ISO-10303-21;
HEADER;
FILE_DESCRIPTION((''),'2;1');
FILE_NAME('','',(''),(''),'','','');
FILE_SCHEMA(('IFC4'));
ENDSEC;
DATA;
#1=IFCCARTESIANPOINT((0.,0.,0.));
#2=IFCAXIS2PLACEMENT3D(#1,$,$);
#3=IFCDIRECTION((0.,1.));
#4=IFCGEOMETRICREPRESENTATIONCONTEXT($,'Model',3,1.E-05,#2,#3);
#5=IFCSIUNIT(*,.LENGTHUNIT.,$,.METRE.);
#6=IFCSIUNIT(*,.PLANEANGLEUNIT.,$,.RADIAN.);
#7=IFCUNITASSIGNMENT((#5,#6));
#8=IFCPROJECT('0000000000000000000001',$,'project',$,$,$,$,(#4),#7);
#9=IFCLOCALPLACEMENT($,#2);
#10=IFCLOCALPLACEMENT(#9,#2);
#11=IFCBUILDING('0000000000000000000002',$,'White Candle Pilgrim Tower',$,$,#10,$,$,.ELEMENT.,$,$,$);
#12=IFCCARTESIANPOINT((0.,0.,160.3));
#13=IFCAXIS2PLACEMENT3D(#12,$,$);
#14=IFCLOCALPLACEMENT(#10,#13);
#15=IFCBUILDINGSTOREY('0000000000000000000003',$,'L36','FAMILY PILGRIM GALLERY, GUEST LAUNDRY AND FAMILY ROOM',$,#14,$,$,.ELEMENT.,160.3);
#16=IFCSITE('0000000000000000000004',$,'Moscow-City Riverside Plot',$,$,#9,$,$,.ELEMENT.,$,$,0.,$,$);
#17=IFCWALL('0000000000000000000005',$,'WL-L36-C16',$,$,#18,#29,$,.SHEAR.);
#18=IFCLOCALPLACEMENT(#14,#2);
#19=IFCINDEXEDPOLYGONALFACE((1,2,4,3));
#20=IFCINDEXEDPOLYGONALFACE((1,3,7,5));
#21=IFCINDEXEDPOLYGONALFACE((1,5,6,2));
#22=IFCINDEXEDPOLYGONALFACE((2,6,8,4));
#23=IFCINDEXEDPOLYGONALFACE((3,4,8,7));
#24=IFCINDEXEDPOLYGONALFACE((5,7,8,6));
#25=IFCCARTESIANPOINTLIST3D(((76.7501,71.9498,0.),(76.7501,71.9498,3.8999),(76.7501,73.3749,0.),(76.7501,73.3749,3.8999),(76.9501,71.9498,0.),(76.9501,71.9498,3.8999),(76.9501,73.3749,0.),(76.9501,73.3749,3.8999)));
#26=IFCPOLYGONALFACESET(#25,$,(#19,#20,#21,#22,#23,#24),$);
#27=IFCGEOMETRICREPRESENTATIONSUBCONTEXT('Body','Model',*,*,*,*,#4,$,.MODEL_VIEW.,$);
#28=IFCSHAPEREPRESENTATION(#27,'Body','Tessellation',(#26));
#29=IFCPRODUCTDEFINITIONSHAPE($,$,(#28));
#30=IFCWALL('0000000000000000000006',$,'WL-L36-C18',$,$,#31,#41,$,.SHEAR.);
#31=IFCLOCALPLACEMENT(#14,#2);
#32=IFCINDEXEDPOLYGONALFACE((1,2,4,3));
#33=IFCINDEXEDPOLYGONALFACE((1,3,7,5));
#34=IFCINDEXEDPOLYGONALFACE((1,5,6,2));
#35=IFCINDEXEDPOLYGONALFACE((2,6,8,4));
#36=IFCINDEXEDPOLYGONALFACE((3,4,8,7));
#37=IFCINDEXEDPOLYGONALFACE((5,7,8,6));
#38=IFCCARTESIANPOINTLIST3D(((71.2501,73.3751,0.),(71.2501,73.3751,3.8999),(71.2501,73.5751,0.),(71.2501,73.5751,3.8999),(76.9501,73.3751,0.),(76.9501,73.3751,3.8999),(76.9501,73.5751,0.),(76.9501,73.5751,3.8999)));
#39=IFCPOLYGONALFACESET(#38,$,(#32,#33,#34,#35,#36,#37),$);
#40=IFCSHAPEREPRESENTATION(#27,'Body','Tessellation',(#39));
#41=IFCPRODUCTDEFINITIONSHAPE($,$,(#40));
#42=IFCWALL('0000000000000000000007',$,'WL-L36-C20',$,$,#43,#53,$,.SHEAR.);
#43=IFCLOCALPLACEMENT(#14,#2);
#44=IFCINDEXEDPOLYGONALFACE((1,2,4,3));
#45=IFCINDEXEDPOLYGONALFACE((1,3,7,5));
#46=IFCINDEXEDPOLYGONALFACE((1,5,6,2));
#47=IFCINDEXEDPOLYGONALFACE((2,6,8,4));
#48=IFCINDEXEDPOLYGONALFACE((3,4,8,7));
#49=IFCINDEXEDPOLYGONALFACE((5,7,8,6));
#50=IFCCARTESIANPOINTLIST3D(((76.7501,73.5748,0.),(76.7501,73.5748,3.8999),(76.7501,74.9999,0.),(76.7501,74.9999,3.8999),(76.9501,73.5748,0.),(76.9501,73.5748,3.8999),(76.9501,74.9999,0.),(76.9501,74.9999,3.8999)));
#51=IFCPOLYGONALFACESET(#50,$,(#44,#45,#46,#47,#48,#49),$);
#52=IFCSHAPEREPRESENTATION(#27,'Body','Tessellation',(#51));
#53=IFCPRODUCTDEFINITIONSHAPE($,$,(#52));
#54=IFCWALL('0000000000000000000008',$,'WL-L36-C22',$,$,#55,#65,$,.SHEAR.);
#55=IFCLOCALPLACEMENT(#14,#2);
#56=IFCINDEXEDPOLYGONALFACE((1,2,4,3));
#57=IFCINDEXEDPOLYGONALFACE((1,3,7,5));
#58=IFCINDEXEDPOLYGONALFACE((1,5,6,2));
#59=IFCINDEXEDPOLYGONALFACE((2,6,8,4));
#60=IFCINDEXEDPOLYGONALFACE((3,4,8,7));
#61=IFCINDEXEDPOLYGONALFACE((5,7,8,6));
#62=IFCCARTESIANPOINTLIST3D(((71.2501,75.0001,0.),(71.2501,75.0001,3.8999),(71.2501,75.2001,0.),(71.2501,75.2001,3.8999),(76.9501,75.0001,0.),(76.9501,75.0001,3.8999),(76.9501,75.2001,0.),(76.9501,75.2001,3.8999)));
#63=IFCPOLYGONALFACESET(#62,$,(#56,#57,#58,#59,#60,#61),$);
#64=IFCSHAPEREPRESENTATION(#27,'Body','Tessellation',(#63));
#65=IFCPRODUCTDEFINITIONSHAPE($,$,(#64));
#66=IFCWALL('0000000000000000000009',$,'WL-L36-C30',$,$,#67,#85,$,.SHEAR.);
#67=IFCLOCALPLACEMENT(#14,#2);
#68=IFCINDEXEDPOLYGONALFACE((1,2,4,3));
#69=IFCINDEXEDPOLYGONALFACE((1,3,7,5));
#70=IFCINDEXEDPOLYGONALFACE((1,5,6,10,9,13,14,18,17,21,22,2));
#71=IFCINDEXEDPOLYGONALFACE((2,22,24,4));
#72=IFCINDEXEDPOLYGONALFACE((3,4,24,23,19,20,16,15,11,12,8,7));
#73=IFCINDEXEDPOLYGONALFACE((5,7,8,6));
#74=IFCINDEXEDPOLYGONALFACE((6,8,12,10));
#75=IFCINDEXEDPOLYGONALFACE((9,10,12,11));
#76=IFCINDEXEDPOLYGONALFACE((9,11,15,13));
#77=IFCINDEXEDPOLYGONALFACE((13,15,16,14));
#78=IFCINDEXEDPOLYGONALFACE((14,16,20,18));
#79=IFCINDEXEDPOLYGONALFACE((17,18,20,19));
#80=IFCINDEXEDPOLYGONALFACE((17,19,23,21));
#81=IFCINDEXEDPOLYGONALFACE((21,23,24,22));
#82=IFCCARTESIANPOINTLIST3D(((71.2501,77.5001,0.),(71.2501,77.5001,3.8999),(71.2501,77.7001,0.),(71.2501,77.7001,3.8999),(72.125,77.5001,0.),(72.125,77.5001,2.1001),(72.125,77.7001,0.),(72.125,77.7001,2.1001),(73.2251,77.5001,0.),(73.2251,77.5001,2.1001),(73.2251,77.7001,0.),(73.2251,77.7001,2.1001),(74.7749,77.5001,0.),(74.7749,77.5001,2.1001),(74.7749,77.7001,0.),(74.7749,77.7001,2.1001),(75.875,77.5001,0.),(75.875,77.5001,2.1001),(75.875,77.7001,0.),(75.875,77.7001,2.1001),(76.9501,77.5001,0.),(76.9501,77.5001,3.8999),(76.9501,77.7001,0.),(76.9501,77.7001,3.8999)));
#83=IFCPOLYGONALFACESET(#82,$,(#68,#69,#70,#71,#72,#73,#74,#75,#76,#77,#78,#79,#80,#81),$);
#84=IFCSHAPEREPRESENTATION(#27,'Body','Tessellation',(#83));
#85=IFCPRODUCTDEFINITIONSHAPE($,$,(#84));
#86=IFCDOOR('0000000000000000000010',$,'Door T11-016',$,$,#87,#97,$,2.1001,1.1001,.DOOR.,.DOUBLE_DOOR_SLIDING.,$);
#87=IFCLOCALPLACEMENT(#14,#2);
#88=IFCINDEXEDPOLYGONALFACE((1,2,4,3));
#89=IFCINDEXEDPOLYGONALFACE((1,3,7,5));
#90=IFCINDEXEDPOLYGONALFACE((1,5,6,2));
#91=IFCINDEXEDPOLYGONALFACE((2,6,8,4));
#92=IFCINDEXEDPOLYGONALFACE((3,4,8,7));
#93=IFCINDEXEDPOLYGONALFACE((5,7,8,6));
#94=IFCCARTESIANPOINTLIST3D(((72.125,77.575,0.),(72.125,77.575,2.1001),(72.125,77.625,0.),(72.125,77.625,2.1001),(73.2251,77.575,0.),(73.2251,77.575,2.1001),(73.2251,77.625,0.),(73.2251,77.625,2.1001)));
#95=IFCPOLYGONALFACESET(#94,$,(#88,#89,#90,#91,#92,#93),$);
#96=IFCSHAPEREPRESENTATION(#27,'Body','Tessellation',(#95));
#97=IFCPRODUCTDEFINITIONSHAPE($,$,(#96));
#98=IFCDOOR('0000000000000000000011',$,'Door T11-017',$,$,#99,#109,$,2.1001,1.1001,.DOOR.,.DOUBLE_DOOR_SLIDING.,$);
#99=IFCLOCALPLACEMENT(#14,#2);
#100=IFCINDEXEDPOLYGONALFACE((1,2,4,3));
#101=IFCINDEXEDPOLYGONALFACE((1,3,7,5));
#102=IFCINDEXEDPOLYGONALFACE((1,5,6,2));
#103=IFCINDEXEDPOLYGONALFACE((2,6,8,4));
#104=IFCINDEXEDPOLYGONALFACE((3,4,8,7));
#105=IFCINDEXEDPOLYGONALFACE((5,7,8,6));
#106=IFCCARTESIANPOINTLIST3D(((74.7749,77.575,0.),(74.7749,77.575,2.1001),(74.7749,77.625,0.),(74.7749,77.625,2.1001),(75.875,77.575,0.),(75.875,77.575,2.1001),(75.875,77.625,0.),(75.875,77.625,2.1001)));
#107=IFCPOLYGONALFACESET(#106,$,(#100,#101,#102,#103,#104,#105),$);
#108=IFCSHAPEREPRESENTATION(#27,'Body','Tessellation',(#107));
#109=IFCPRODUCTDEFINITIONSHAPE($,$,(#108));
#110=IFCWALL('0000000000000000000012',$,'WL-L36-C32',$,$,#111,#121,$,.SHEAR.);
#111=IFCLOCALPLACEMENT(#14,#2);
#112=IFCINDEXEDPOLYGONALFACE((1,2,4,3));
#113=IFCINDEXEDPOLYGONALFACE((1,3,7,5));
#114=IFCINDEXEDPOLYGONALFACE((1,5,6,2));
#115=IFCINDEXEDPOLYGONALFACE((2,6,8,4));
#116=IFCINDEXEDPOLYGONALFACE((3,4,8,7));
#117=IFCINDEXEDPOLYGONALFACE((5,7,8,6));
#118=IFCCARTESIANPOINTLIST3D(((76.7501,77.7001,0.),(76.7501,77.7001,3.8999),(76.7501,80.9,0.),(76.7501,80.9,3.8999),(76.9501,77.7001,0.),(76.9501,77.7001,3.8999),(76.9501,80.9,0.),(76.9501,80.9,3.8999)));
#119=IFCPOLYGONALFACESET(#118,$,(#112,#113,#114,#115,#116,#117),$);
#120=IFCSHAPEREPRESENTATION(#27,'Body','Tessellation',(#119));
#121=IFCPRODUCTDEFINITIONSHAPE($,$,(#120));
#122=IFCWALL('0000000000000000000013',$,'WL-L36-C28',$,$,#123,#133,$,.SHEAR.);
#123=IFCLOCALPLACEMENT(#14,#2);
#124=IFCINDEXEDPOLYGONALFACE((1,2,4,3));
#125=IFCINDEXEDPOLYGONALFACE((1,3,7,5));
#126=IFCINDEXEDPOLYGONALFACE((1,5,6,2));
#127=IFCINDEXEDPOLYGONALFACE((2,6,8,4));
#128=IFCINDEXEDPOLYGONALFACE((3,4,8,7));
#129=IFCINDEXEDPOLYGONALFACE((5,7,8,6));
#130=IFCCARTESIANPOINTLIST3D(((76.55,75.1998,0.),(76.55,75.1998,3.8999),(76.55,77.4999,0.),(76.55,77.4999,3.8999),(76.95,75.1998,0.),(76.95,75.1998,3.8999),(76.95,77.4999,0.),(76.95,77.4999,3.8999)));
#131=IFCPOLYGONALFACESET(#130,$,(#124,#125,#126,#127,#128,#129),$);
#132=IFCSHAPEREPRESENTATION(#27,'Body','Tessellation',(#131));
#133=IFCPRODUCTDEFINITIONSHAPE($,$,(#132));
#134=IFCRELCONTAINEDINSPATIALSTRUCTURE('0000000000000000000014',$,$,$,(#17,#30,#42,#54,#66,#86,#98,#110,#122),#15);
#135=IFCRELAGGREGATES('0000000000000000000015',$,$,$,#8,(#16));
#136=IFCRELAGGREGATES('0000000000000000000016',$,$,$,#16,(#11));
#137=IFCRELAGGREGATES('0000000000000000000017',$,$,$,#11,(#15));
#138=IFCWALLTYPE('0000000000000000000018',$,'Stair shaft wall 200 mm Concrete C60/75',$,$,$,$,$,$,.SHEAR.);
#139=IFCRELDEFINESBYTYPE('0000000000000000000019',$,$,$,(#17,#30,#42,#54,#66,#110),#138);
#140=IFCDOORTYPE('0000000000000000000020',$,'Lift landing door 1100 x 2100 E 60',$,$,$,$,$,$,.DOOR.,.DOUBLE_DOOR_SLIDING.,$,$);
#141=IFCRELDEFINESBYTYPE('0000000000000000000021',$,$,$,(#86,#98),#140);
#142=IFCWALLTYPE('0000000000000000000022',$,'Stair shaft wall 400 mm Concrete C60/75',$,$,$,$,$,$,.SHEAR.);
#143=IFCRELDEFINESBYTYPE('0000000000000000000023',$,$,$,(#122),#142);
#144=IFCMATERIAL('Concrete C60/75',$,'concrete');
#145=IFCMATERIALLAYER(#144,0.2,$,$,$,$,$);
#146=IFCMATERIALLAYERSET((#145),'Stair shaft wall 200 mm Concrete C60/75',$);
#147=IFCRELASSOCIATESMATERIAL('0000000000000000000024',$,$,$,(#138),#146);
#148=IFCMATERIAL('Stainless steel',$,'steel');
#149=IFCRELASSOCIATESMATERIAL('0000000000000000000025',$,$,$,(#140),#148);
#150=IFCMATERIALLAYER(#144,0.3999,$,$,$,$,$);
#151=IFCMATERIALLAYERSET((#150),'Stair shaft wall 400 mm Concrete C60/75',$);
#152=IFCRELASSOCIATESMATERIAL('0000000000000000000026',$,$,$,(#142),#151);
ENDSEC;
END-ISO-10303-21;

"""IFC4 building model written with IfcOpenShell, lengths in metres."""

from ifc_helpers import new_model, si_unit, direction, frame, frame_2d, origin, place, context, subcontext, project, spatial, rectangle, extrude, material, layer, layer_set, type_object, element, fill, save


model = new_model("IFC4")

# Units and contexts
model_context = context("Model", 3, precision=1e-05, world=origin(), true_north=direction((0.0, 1.0)))
body_context = subcontext(model_context, "Body", "Model", "MODEL_VIEW")
ifc_project = project(units=[si_unit("LENGTHUNIT", "METRE"), si_unit("PLANEANGLEUNIT", "RADIAN")], contexts=[model_context])

# Site, building, storey
site_placement = place(None, origin())
site = spatial("IfcSite", under=ifc_project, at=site_placement, Name="Moscow-City Riverside Plot", CompositionType="ELEMENT", RefElevation=0.0)
building_placement = place(site_placement, origin())
building = spatial("IfcBuilding", under=site, at=building_placement, Name="White Candle Pilgrim Tower", CompositionType="ELEMENT")
storey_placement = place(building_placement, frame((0.0, 0.0, 160.3)))
storey = spatial("IfcBuildingStorey", under=building, at=storey_placement, Name="L36", Description="FAMILY PILGRIM GALLERY, GUEST LAUNDRY AND FAMILY ROOM", CompositionType="ELEMENT", Elevation=160.3)

# Walls
ifc_material_1 = material(Name="Concrete C60/75", Category="concrete")
ifc_layer_1 = layer(ifc_material_1, 0.2)
ifc_layer_set_1 = layer_set([ifc_layer_1], Name="Stair shaft wall 200 mm Concrete C60/75")
wall_type_1 = type_object("IfcWallType", Name="Stair shaft wall 200 mm Concrete C60/75", PredefinedType="SHEAR", material=ifc_layer_set_1)
wall_1_placement = place(storey_placement, frame((76.8501, 71.95, 0.0), z_axis=(0.0, 0.0, 1.0), x_axis=(0.0, 1.0, 0.0)))
element("IfcWall", 1, at=wall_1_placement, inside=storey, type_object=wall_type_1, Name="WL-L36-C16", PredefinedType="SHEAR", context=body_context, shape_type="SweptSolid", body=[
    extrude(rectangle(XDim=1.425, YDim=0.2, at=frame_2d((0.7124, 0.0))), origin(), (0.0, 0.0, 1.0), 3.8999),
])
wall_2_placement = place(storey_placement, frame((71.25, 73.4751, 0.0), z_axis=(0.0, 0.0, 1.0), x_axis=(1.0, 0.0, 0.0)))
element("IfcWall", 2, at=wall_2_placement, inside=storey, type_object=wall_type_1, Name="WL-L36-C18", PredefinedType="SHEAR", context=body_context, shape_type="SweptSolid", body=[
    extrude(rectangle(XDim=5.7, YDim=0.2, at=frame_2d((2.8501, 0.0))), origin(), (0.0, 0.0, 1.0), 3.8999),
])
wall_3_placement = place(storey_placement, frame((76.8501, 73.575, 0.0), z_axis=(0.0, 0.0, 1.0), x_axis=(0.0, 1.0, 0.0)))
element("IfcWall", 3, at=wall_3_placement, inside=storey, type_object=wall_type_1, Name="WL-L36-C20", PredefinedType="SHEAR", context=body_context, shape_type="SweptSolid", body=[
    extrude(rectangle(XDim=1.425, YDim=0.2, at=frame_2d((0.7124, 0.0))), origin(), (0.0, 0.0, 1.0), 3.8999),
])
wall_4_placement = place(storey_placement, frame((71.25, 75.1001, 0.0), z_axis=(0.0, 0.0, 1.0), x_axis=(1.0, 0.0, 0.0)))
element("IfcWall", 4, at=wall_4_placement, inside=storey, type_object=wall_type_1, Name="WL-L36-C22", PredefinedType="SHEAR", context=body_context, shape_type="SweptSolid", body=[
    extrude(rectangle(XDim=5.7, YDim=0.2, at=frame_2d((2.8501, 0.0))), origin(), (0.0, 0.0, 1.0), 3.8999),
])

# Wall, openings, doors
wall_5_placement = place(storey_placement, frame((71.25, 77.6001, 0.0), z_axis=(0.0, 0.0, 1.0), x_axis=(1.0, 0.0, 0.0)))
wall_5 = element("IfcWall", 5, at=wall_5_placement, inside=storey, type_object=wall_type_1, Name="WL-L36-C30", PredefinedType="SHEAR", context=body_context, shape_type="SweptSolid", body=[
    extrude(rectangle(XDim=5.7, YDim=0.2, at=frame_2d((2.8501, 0.0))), origin(), (0.0, 0.0, 1.0), 3.8999),
])
opening_1_placement = place(wall_5_placement, frame((0.875, 0.0, 0.0)))
opening_1 = element("IfcOpeningElement", 6, at=opening_1_placement, cuts=wall_5, PredefinedType="OPENING", context=body_context, shape_type="SweptSolid", body=[
    extrude(rectangle(XDim=1.1001, YDim=2.1001, at=frame_2d((0.55, 1.05))), frame((0.0, 0.1099, 0.0), z_axis=(0.0, -1.0, 0.0), x_axis=(1.0, 0.0, 0.0)), (0.0, 0.0, 1.0), 0.22),
])
opening_2_placement = place(wall_5_placement, frame((3.5249, 0.0, 0.0)))
opening_2 = element("IfcOpeningElement", 7, at=opening_2_placement, cuts=wall_5, PredefinedType="OPENING", context=body_context, shape_type="SweptSolid", body=[
    extrude(rectangle(XDim=1.1001, YDim=2.1001, at=frame_2d((0.55, 1.05))), frame((0.0, 0.1099, 0.0), z_axis=(0.0, -1.0, 0.0), x_axis=(1.0, 0.0, 0.0)), (0.0, 0.0, 1.0), 0.22),
])
ifc_material_2 = material(Name="Stainless steel", Category="steel")
door_type_1 = type_object("IfcDoorType", Name="Lift landing door 1100 x 2100 E 60", OperationType="DOUBLE_DOOR_SLIDING", PredefinedType="DOOR", material=ifc_material_2)
door_1_placement = place(opening_1_placement, origin())
door_1 = element("IfcDoor", 8, at=door_1_placement, inside=storey, type_object=door_type_1, Name="Door T11-016", OperationType="DOUBLE_DOOR_SLIDING", OverallHeight=2.1001, OverallWidth=1.1001, PredefinedType="DOOR", context=body_context, shape_type="SweptSolid", body=[
    extrude(rectangle(XDim=1.1001, YDim=2.1001, at=frame_2d((0.55, 1.05))), frame((0.0, 0.0249, 0.0), z_axis=(0.0, -1.0, 0.0), x_axis=(1.0, 0.0, 0.0)), (0.0, 0.0, 1.0), 0.05),
])
fill(opening_1, door_1)
door_2_placement = place(opening_2_placement, origin())
door_2 = element("IfcDoor", 9, at=door_2_placement, inside=storey, type_object=door_type_1, Name="Door T11-017", OperationType="DOUBLE_DOOR_SLIDING", OverallHeight=2.1001, OverallWidth=1.1001, PredefinedType="DOOR", context=body_context, shape_type="SweptSolid", body=[
    extrude(rectangle(XDim=1.1001, YDim=2.1001, at=frame_2d((0.55, 1.05))), frame((0.0, 0.0249, 0.0), z_axis=(0.0, -1.0, 0.0), x_axis=(1.0, 0.0, 0.0)), (0.0, 0.0, 1.0), 0.05),
])
fill(opening_2, door_2)

# Walls
wall_6_placement = place(storey_placement, frame((76.8501, 77.7, 0.0), z_axis=(0.0, 0.0, 1.0), x_axis=(0.0, 1.0, 0.0)))
element("IfcWall", 10, at=wall_6_placement, inside=storey, type_object=wall_type_1, Name="WL-L36-C32", PredefinedType="SHEAR", context=body_context, shape_type="SweptSolid", body=[
    extrude(rectangle(XDim=3.2, YDim=0.2, at=frame_2d((1.6001, 0.0))), origin(), (0.0, 0.0, 1.0), 3.8999),
])
ifc_layer_2 = layer(ifc_material_1, 0.3999)
ifc_layer_set_2 = layer_set([ifc_layer_2], Name="Stair shaft wall 400 mm Concrete C60/75")
wall_type_2 = type_object("IfcWallType", Name="Stair shaft wall 400 mm Concrete C60/75", PredefinedType="SHEAR", material=ifc_layer_set_2)
wall_7_placement = place(storey_placement, frame((76.75, 75.2, 0.0), z_axis=(0.0, 0.0, 1.0), x_axis=(0.0, 1.0, 0.0)))
element("IfcWall", 11, at=wall_7_placement, inside=storey, type_object=wall_type_2, Name="WL-L36-C28", PredefinedType="SHEAR", context=body_context, shape_type="SweptSolid", body=[
    extrude(rectangle(XDim=2.3, YDim=0.3999, at=frame_2d((1.1499, 0.0))), origin(), (0.0, 0.0, 1.0), 3.8999),
])

save(model, "model.ifc")
